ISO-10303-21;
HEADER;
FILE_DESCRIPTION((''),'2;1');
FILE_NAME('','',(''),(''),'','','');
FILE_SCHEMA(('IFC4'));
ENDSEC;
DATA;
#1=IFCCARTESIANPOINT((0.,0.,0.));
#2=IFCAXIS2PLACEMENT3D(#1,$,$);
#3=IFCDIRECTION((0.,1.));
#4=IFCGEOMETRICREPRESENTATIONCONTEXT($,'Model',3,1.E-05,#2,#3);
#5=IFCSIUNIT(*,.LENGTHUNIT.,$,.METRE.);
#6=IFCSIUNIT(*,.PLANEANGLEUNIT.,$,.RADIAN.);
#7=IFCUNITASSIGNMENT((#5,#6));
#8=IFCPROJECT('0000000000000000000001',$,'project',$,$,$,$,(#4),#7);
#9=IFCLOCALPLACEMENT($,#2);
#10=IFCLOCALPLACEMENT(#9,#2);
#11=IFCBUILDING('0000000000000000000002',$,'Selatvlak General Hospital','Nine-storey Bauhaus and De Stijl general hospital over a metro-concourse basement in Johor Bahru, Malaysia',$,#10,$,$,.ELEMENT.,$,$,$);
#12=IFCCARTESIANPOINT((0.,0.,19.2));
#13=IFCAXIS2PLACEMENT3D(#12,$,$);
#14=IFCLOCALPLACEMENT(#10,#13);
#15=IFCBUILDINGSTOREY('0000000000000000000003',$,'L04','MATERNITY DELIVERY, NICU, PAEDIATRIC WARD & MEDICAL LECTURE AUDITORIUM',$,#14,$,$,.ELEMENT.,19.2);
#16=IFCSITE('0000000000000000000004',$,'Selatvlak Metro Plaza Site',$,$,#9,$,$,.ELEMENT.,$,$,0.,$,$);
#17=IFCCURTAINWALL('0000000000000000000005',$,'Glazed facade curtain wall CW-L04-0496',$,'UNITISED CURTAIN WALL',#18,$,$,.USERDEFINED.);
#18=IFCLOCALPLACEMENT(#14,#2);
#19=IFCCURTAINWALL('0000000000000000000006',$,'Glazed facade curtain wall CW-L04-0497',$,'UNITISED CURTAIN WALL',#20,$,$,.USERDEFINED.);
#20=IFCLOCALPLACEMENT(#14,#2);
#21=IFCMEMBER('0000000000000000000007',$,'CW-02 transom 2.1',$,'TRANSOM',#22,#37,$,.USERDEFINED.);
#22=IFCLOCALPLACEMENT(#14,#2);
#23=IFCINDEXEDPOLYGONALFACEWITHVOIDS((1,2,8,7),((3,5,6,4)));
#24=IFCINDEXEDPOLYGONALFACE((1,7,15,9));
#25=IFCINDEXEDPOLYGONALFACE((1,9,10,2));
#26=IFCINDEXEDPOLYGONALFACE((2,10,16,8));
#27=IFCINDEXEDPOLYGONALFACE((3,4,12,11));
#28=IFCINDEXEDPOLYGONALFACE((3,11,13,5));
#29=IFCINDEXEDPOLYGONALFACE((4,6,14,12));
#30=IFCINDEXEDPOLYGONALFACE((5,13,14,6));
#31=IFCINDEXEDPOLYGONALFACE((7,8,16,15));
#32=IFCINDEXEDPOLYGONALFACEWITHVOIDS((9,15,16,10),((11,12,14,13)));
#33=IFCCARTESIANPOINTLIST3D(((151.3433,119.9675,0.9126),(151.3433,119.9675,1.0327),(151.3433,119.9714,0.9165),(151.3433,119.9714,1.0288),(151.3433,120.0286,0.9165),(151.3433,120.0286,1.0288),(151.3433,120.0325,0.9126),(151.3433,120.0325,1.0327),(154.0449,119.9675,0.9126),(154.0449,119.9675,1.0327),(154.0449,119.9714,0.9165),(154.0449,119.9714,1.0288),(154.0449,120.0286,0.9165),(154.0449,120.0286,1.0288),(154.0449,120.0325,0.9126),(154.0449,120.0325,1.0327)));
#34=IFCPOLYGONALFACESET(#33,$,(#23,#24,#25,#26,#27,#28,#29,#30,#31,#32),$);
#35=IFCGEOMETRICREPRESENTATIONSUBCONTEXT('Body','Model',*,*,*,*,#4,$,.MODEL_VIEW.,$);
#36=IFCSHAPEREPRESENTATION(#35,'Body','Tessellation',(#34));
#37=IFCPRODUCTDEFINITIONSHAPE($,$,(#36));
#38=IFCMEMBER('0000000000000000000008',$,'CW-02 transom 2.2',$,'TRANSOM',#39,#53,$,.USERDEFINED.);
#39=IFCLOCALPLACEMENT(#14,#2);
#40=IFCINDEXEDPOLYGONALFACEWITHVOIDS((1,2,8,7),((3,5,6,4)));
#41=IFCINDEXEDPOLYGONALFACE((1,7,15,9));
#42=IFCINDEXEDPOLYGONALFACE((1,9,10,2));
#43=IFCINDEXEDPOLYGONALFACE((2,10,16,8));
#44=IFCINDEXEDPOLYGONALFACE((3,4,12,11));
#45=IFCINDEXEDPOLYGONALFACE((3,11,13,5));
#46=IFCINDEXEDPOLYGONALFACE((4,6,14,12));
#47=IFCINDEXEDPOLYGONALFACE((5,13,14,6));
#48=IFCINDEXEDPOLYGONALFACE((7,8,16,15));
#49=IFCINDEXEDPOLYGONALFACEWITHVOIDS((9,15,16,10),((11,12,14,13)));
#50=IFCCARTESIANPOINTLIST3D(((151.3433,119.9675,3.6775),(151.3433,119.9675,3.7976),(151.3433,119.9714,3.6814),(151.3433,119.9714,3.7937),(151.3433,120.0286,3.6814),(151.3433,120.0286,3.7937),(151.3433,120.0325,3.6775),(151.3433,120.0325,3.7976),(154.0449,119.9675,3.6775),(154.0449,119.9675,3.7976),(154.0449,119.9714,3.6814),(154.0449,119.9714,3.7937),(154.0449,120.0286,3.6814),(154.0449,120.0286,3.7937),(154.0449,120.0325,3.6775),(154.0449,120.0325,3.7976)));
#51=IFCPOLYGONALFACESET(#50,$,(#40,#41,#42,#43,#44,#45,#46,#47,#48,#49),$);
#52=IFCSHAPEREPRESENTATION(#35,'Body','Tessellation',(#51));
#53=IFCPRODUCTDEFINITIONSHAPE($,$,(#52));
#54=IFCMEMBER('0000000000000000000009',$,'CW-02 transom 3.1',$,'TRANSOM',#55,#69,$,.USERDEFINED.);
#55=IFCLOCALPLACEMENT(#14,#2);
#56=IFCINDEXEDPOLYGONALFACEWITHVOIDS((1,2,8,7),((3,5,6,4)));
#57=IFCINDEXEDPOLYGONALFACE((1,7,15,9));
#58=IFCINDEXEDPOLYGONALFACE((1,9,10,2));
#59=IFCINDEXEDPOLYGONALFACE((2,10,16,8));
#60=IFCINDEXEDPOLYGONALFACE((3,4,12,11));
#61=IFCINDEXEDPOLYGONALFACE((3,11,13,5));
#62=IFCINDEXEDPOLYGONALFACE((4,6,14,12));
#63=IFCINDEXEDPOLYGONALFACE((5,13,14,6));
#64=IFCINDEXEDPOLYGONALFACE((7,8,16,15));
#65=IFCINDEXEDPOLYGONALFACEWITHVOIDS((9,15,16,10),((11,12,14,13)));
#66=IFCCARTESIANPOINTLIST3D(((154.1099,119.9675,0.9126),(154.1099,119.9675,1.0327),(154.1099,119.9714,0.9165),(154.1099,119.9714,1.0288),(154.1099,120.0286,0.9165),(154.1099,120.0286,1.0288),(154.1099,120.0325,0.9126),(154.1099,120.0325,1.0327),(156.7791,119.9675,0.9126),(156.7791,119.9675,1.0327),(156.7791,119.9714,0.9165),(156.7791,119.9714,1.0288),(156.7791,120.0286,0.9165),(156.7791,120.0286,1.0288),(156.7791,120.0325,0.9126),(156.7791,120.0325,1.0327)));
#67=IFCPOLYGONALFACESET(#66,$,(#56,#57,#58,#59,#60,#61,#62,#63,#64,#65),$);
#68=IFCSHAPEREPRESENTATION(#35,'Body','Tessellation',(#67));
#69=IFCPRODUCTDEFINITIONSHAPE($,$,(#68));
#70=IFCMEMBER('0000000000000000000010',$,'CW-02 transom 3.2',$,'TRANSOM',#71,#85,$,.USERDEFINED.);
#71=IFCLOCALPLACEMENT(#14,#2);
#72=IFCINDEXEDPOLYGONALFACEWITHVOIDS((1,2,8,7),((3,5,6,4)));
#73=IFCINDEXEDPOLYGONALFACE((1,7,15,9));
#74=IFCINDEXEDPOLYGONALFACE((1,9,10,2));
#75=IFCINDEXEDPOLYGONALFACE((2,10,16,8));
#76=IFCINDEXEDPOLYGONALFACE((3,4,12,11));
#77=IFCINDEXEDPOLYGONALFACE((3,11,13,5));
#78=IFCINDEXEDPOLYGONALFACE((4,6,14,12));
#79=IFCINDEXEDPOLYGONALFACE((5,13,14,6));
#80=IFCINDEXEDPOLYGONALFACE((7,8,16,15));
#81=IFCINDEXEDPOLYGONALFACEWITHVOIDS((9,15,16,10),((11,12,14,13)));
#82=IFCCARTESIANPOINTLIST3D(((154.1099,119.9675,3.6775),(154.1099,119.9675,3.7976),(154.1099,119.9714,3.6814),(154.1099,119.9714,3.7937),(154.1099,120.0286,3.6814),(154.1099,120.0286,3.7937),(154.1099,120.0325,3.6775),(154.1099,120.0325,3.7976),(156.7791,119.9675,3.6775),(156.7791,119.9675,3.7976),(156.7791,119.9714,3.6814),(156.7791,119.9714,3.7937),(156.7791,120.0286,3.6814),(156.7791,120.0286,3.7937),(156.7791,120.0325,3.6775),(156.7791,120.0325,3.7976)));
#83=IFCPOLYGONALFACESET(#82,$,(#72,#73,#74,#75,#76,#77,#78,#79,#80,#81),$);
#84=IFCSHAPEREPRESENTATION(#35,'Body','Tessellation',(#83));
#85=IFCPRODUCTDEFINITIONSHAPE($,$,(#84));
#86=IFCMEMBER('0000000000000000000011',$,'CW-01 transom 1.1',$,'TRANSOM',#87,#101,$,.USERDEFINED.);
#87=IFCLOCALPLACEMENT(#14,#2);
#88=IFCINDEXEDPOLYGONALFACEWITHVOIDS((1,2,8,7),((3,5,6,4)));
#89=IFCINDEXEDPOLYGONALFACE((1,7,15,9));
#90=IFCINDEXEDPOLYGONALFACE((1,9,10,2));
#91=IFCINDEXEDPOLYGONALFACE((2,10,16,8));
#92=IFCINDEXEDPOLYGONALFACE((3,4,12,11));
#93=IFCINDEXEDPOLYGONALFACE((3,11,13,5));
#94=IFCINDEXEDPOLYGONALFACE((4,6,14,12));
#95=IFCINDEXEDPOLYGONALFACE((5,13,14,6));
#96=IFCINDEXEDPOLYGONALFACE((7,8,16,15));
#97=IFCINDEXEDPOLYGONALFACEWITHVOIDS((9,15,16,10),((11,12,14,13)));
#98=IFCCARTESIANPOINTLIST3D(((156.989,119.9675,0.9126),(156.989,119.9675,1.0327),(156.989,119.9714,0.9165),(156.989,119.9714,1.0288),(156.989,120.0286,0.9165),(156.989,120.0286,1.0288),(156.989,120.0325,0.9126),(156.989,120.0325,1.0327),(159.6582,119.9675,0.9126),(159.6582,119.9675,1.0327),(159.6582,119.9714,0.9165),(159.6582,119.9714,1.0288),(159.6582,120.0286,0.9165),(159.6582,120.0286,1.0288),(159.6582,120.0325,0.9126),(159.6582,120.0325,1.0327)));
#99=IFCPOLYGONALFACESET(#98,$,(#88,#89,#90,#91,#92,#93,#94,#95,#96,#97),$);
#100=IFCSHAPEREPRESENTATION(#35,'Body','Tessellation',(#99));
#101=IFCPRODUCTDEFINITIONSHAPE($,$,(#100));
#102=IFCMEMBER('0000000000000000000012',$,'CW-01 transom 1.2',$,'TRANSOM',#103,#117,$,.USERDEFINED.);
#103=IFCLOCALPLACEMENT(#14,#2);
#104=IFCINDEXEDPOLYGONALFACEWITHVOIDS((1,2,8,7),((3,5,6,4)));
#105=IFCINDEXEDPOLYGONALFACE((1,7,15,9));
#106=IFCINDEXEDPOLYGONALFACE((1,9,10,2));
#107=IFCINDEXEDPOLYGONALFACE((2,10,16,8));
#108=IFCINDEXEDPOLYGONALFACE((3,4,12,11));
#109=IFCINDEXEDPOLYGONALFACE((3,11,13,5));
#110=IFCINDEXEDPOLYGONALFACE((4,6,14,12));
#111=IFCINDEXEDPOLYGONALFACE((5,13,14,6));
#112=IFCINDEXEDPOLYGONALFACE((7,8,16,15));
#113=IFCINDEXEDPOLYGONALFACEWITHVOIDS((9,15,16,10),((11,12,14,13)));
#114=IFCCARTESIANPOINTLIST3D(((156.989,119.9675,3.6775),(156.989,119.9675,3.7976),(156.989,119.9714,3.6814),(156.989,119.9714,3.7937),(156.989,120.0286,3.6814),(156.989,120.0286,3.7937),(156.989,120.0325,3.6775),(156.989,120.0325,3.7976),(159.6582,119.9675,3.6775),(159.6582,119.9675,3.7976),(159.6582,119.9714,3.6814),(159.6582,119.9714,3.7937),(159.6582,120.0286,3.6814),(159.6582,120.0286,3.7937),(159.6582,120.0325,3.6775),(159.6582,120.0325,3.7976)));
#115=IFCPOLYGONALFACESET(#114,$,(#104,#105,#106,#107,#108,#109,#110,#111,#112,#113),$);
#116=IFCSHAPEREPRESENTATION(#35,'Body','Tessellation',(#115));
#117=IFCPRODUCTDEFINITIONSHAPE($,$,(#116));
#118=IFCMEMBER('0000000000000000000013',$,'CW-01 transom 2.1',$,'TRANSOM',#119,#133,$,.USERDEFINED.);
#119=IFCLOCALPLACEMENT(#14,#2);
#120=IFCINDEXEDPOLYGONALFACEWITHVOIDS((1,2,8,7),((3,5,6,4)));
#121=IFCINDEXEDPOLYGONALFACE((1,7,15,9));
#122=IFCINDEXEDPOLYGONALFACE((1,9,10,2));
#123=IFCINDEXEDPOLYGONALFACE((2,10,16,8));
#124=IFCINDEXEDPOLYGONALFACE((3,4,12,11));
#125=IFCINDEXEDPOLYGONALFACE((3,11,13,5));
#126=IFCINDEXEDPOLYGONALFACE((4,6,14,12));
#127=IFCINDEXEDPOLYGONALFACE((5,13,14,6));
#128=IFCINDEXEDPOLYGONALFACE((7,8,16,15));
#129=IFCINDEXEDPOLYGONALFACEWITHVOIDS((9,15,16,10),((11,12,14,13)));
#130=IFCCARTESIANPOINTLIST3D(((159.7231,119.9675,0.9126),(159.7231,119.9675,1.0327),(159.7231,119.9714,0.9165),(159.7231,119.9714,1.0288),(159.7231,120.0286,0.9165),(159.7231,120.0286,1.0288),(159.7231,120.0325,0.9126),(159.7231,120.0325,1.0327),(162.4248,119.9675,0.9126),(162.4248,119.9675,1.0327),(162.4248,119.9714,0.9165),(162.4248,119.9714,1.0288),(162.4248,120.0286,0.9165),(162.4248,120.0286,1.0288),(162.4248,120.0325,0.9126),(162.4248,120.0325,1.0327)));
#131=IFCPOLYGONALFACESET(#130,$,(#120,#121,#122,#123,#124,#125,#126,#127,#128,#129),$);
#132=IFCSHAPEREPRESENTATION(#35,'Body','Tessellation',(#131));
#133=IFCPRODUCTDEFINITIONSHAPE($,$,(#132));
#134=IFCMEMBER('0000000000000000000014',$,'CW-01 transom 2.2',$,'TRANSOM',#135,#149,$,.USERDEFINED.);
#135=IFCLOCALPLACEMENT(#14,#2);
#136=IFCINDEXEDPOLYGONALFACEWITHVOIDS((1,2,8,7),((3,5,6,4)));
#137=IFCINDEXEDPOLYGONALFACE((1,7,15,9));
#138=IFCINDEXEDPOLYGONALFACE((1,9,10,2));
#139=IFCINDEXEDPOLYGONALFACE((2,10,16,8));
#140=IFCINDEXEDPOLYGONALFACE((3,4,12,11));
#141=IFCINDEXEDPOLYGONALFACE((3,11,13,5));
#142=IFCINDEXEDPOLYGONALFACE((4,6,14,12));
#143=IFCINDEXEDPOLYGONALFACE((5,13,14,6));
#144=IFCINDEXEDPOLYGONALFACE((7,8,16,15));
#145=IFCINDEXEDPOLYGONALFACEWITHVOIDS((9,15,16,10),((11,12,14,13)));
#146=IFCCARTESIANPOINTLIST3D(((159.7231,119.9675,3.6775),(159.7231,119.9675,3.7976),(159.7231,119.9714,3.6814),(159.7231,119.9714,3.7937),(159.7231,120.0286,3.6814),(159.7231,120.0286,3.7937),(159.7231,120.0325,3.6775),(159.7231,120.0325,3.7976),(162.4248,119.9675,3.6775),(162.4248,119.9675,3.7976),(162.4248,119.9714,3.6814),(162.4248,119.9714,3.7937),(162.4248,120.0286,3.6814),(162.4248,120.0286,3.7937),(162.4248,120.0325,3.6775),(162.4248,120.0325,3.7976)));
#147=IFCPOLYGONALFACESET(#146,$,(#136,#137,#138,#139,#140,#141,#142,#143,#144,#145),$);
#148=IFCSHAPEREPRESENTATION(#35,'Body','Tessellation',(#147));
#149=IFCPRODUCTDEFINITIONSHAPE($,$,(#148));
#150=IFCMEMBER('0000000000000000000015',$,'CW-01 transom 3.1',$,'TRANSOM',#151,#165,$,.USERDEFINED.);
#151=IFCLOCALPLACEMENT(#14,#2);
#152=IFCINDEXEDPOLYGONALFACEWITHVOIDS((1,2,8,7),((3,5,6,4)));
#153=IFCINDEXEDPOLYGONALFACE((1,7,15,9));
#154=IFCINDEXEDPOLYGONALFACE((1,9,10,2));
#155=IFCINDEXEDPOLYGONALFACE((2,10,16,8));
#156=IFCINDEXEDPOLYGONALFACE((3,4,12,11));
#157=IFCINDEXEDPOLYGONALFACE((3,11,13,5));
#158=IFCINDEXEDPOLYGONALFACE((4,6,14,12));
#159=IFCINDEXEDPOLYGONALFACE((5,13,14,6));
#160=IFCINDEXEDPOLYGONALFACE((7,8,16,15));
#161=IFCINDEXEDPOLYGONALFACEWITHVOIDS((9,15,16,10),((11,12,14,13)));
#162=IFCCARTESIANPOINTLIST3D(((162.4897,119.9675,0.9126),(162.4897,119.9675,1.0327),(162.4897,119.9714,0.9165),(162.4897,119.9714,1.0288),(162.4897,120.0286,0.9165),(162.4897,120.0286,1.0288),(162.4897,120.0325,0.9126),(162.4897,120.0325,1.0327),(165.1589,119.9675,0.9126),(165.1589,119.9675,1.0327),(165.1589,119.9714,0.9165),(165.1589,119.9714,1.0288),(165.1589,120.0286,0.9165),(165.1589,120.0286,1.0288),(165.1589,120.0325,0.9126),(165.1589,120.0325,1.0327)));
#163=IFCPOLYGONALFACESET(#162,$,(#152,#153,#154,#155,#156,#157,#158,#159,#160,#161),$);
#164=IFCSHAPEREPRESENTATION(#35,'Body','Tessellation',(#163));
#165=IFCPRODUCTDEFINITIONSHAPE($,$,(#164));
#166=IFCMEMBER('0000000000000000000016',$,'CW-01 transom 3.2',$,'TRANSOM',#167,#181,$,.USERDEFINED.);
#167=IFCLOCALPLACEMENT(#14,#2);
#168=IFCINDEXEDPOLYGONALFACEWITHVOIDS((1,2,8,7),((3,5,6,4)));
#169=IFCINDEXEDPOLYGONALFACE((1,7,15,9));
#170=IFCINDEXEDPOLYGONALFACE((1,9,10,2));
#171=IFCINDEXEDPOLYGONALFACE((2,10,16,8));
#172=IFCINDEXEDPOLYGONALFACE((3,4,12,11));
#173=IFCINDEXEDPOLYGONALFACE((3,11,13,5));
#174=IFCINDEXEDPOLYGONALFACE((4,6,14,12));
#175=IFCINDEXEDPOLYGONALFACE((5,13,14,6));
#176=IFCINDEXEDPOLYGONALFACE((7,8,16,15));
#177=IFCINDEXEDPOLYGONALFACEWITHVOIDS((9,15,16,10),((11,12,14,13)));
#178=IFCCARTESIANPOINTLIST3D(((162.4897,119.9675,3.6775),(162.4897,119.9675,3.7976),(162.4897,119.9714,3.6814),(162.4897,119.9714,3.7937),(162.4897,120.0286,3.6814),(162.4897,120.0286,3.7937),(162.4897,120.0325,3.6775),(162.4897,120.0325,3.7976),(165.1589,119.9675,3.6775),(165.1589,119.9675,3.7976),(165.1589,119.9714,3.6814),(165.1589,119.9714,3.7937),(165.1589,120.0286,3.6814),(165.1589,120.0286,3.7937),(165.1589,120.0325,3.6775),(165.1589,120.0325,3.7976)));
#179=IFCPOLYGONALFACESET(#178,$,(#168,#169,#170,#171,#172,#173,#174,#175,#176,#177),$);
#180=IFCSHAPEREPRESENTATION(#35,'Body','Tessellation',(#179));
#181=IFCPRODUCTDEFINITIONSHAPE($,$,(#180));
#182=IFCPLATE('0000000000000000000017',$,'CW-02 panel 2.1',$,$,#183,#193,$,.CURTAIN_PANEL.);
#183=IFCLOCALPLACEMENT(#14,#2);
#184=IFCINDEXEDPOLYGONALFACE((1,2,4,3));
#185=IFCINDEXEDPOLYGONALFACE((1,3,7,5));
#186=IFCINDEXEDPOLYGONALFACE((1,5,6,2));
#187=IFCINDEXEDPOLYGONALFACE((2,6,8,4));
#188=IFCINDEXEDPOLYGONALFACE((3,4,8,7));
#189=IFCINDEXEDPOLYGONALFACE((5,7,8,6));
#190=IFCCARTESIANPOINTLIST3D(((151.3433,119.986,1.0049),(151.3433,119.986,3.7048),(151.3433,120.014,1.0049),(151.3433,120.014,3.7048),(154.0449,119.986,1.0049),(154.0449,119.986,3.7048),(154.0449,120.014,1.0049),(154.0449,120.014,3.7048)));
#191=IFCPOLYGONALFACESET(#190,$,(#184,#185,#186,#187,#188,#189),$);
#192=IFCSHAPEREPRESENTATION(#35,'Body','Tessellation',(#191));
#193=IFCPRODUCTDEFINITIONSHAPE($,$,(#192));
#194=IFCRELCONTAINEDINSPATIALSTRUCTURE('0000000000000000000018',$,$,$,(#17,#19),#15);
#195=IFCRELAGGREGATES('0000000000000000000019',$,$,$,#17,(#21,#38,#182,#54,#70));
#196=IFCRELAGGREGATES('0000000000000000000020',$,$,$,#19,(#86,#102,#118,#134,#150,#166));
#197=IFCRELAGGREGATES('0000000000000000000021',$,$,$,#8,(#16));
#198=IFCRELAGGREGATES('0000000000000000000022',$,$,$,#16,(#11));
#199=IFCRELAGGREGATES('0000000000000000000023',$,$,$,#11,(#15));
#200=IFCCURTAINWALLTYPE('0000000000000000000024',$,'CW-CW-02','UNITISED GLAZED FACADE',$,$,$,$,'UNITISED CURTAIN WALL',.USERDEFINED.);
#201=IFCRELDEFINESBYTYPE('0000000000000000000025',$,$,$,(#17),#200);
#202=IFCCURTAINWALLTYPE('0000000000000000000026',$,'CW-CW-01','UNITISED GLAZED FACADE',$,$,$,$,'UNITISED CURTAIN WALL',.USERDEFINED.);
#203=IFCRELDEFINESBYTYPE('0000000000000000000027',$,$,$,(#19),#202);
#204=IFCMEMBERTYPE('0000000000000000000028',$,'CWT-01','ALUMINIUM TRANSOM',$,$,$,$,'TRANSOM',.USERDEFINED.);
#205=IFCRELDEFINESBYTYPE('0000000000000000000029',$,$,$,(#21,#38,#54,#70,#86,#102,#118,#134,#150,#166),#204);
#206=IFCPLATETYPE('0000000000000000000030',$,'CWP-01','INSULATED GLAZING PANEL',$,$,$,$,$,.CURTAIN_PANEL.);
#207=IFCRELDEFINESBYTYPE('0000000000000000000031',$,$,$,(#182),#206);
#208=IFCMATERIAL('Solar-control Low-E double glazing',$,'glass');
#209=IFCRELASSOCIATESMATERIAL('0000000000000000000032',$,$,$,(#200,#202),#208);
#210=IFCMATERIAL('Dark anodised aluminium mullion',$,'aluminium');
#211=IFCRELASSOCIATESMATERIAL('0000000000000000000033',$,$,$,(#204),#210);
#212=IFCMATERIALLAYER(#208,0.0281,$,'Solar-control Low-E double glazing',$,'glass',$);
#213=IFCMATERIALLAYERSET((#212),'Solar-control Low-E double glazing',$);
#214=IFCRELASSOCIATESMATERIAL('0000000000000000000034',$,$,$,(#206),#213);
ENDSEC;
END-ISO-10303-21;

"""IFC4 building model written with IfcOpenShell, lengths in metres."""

from ifc_helpers import new_model, si_unit, direction, frame, origin, origin_2d, place, context, subcontext, project, spatial, rectangle, hollow_rectangle, extrude, material, layer, layer_set, material_profile, profile_set, type_object, element, aggregate, save


model = new_model("IFC4")

# Units and contexts
model_context = context("Model", 3, precision=1e-05, world=origin(), true_north=direction((0.0, 1.0)))
body_context = subcontext(model_context, "Body", "Model", "MODEL_VIEW")
ifc_project = project(units=[si_unit("LENGTHUNIT", "METRE"), si_unit("PLANEANGLEUNIT", "RADIAN")], contexts=[model_context])

# Site, building, storey
site_placement = place(None, origin())
site = spatial("IfcSite", under=ifc_project, at=site_placement, Name="Selatvlak Metro Plaza Site", CompositionType="ELEMENT", RefElevation=0.0)
building_placement = place(site_placement, origin())
building = spatial("IfcBuilding", under=site, at=building_placement, Name="Selatvlak General Hospital", Description="Nine-storey Bauhaus and De Stijl general hospital over a metro-concourse basement in Johor Bahru, Malaysia", CompositionType="ELEMENT")
storey_placement = place(building_placement, frame((0.0, 0.0, 19.2)))
storey = spatial("IfcBuildingStorey", under=building, at=storey_placement, Name="L04", Description="MATERNITY DELIVERY, NICU, PAEDIATRIC WARD & MEDICAL LECTURE AUDITORIUM", CompositionType="ELEMENT", Elevation=19.2)

# Curtain walls
ifc_material_1 = material(Name="Solar-control Low-E double glazing", Category="glass")
curtain_wall_type_1 = type_object("IfcCurtainWallType", Name="CW-CW-02", Description="UNITISED GLAZED FACADE", ElementType="UNITISED CURTAIN WALL", PredefinedType="USERDEFINED", material=ifc_material_1)
curtain_wall_1_placement = place(storey_placement, origin())
curtain_wall_1 = element("IfcCurtainWall", 1, at=curtain_wall_1_placement, inside=storey, type_object=curtain_wall_type_1, Name="Glazed facade curtain wall CW-L04-0496", ObjectType="UNITISED CURTAIN WALL", PredefinedType="USERDEFINED")
ifc_material_2 = material(Name="Dark anodised aluminium mullion", Category="aluminium")
curtain_wall_type_2 = type_object("IfcCurtainWallType", Name="CW-CW-01", Description="UNITISED GLAZED FACADE", ElementType="UNITISED CURTAIN WALL", PredefinedType="USERDEFINED", material=ifc_material_1)
curtain_wall_2_placement = place(storey_placement, origin())
curtain_wall_2 = element("IfcCurtainWall", 2, at=curtain_wall_2_placement, inside=storey, type_object=curtain_wall_type_2, Name="Glazed facade curtain wall CW-L04-0497", ObjectType="UNITISED CURTAIN WALL", PredefinedType="USERDEFINED")

# Members
ifc_material_profile_1 = material_profile(ifc_material_2, hollow_rectangle(XDim=0.0649, YDim=0.1201, WallThickness=0.0039, at=origin_2d()), Name="AL-TRN 65x120x4")
ifc_profile_set_1 = profile_set([ifc_material_profile_1], Name="Dark anodised aluminium mullion")
member_type_1 = type_object("IfcMemberType", Name="CWT-01", Description="ALUMINIUM TRANSOM", ElementType="TRANSOM", PredefinedType="USERDEFINED", material=ifc_profile_set_1)
member_1_placement = place(storey_placement, frame((151.3433, 120.0, 0.9727), z_axis=(1.0, 0.0, 0.0), x_axis=(0.0, 1.0, 0.0)))
member_1 = element("IfcMember", 3, at=member_1_placement, type_object=member_type_1, Name="CW-02 transom 2.1", ObjectType="TRANSOM", PredefinedType="USERDEFINED", context=body_context, shape_type="SweptSolid", body=[
    extrude(hollow_rectangle(XDim=0.0649, YDim=0.1201, WallThickness=0.0039, at=origin_2d()), origin(), (0.0, 0.0, 1.0), 2.7017),
])
member_2_placement = place(storey_placement, frame((151.3433, 120.0, 3.7375), z_axis=(1.0, 0.0, 0.0), x_axis=(0.0, 1.0, 0.0)))
member_2 = element("IfcMember", 4, at=member_2_placement, type_object=member_type_1, Name="CW-02 transom 2.2", ObjectType="TRANSOM", PredefinedType="USERDEFINED", context=body_context, shape_type="SweptSolid", body=[
    extrude(hollow_rectangle(XDim=0.0649, YDim=0.1201, WallThickness=0.0039, at=origin_2d()), origin(), (0.0, 0.0, 1.0), 2.7017),
])
member_3_placement = place(storey_placement, frame((154.1099, 120.0, 0.9727), z_axis=(1.0, 0.0, 0.0), x_axis=(0.0, 1.0, 0.0)))
member_3 = element("IfcMember", 5, at=member_3_placement, type_object=member_type_1, Name="CW-02 transom 3.1", ObjectType="TRANSOM", PredefinedType="USERDEFINED", context=body_context, shape_type="SweptSolid", body=[
    extrude(hollow_rectangle(XDim=0.0649, YDim=0.1201, WallThickness=0.0039, at=origin_2d()), origin(), (0.0, 0.0, 1.0), 2.6692),
])
member_4_placement = place(storey_placement, frame((154.1099, 120.0, 3.7375), z_axis=(1.0, 0.0, 0.0), x_axis=(0.0, 1.0, 0.0)))
member_4 = element("IfcMember", 6, at=member_4_placement, type_object=member_type_1, Name="CW-02 transom 3.2", ObjectType="TRANSOM", PredefinedType="USERDEFINED", context=body_context, shape_type="SweptSolid", body=[
    extrude(hollow_rectangle(XDim=0.0649, YDim=0.1201, WallThickness=0.0039, at=origin_2d()), origin(), (0.0, 0.0, 1.0), 2.6692),
])
member_5_placement = place(storey_placement, frame((156.989, 120.0, 0.9727), z_axis=(1.0, 0.0, 0.0), x_axis=(0.0, 1.0, 0.0)))
member_5 = element("IfcMember", 7, at=member_5_placement, type_object=member_type_1, Name="CW-01 transom 1.1", ObjectType="TRANSOM", PredefinedType="USERDEFINED", context=body_context, shape_type="SweptSolid", body=[
    extrude(hollow_rectangle(XDim=0.0649, YDim=0.1201, WallThickness=0.0039, at=origin_2d()), origin(), (0.0, 0.0, 1.0), 2.6692),
])
member_6_placement = place(storey_placement, frame((156.989, 120.0, 3.7375), z_axis=(1.0, 0.0, 0.0), x_axis=(0.0, 1.0, 0.0)))
member_6 = element("IfcMember", 8, at=member_6_placement, type_object=member_type_1, Name="CW-01 transom 1.2", ObjectType="TRANSOM", PredefinedType="USERDEFINED", context=body_context, shape_type="SweptSolid", body=[
    extrude(hollow_rectangle(XDim=0.0649, YDim=0.1201, WallThickness=0.0039, at=origin_2d()), origin(), (0.0, 0.0, 1.0), 2.6692),
])
member_7_placement = place(storey_placement, frame((159.7231, 120.0, 0.9727), z_axis=(1.0, 0.0, 0.0), x_axis=(0.0, 1.0, 0.0)))
member_7 = element("IfcMember", 9, at=member_7_placement, type_object=member_type_1, Name="CW-01 transom 2.1", ObjectType="TRANSOM", PredefinedType="USERDEFINED", context=body_context, shape_type="SweptSolid", body=[
    extrude(hollow_rectangle(XDim=0.0649, YDim=0.1201, WallThickness=0.0039, at=origin_2d()), origin(), (0.0, 0.0, 1.0), 2.7017),
])
member_8_placement = place(storey_placement, frame((159.7231, 120.0, 3.7375), z_axis=(1.0, 0.0, 0.0), x_axis=(0.0, 1.0, 0.0)))
member_8 = element("IfcMember", 10, at=member_8_placement, type_object=member_type_1, Name="CW-01 transom 2.2", ObjectType="TRANSOM", PredefinedType="USERDEFINED", context=body_context, shape_type="SweptSolid", body=[
    extrude(hollow_rectangle(XDim=0.0649, YDim=0.1201, WallThickness=0.0039, at=origin_2d()), origin(), (0.0, 0.0, 1.0), 2.7017),
])
member_9_placement = place(storey_placement, frame((162.4897, 120.0, 0.9727), z_axis=(1.0, 0.0, 0.0), x_axis=(0.0, 1.0, 0.0)))
member_9 = element("IfcMember", 11, at=member_9_placement, type_object=member_type_1, Name="CW-01 transom 3.1", ObjectType="TRANSOM", PredefinedType="USERDEFINED", context=body_context, shape_type="SweptSolid", body=[
    extrude(hollow_rectangle(XDim=0.0649, YDim=0.1201, WallThickness=0.0039, at=origin_2d()), origin(), (0.0, 0.0, 1.0), 2.6692),
])
member_10_placement = place(storey_placement, frame((162.4897, 120.0, 3.7375), z_axis=(1.0, 0.0, 0.0), x_axis=(0.0, 1.0, 0.0)))
member_10 = element("IfcMember", 12, at=member_10_placement, type_object=member_type_1, Name="CW-01 transom 3.2", ObjectType="TRANSOM", PredefinedType="USERDEFINED", context=body_context, shape_type="SweptSolid", body=[
    extrude(hollow_rectangle(XDim=0.0649, YDim=0.1201, WallThickness=0.0039, at=origin_2d()), origin(), (0.0, 0.0, 1.0), 2.6692),
])

# Plate
ifc_layer_1 = layer(ifc_material_1, 0.0281, Name="Solar-control Low-E double glazing", Category="glass")
ifc_layer_set_1 = layer_set([ifc_layer_1], Name="Solar-control Low-E double glazing")
plate_type = type_object("IfcPlateType", Name="CWP-01", Description="INSULATED GLAZING PANEL", PredefinedType="CURTAIN_PANEL", material=ifc_layer_set_1)
plate_1_placement = place(storey_placement, frame((152.6941, 120.0, 1.0049), z_axis=(0.0, 0.0, 1.0), x_axis=(1.0, 0.0, 0.0)))
plate_1 = element("IfcPlate", 13, at=plate_1_placement, type_object=plate_type, Name="CW-02 panel 2.1", PredefinedType="CURTAIN_PANEL", context=body_context, shape_type="SweptSolid", body=[
    extrude(rectangle(XDim=2.7017, YDim=0.0281, at=origin_2d()), origin(), (0.0, 0.0, 1.0), 2.7),
])
aggregate(curtain_wall_1, [member_1, member_2, plate_1, member_3, member_4])
aggregate(curtain_wall_2, [member_5, member_6, member_7, member_8, member_9, member_10])

save(model, "model.ifc")
